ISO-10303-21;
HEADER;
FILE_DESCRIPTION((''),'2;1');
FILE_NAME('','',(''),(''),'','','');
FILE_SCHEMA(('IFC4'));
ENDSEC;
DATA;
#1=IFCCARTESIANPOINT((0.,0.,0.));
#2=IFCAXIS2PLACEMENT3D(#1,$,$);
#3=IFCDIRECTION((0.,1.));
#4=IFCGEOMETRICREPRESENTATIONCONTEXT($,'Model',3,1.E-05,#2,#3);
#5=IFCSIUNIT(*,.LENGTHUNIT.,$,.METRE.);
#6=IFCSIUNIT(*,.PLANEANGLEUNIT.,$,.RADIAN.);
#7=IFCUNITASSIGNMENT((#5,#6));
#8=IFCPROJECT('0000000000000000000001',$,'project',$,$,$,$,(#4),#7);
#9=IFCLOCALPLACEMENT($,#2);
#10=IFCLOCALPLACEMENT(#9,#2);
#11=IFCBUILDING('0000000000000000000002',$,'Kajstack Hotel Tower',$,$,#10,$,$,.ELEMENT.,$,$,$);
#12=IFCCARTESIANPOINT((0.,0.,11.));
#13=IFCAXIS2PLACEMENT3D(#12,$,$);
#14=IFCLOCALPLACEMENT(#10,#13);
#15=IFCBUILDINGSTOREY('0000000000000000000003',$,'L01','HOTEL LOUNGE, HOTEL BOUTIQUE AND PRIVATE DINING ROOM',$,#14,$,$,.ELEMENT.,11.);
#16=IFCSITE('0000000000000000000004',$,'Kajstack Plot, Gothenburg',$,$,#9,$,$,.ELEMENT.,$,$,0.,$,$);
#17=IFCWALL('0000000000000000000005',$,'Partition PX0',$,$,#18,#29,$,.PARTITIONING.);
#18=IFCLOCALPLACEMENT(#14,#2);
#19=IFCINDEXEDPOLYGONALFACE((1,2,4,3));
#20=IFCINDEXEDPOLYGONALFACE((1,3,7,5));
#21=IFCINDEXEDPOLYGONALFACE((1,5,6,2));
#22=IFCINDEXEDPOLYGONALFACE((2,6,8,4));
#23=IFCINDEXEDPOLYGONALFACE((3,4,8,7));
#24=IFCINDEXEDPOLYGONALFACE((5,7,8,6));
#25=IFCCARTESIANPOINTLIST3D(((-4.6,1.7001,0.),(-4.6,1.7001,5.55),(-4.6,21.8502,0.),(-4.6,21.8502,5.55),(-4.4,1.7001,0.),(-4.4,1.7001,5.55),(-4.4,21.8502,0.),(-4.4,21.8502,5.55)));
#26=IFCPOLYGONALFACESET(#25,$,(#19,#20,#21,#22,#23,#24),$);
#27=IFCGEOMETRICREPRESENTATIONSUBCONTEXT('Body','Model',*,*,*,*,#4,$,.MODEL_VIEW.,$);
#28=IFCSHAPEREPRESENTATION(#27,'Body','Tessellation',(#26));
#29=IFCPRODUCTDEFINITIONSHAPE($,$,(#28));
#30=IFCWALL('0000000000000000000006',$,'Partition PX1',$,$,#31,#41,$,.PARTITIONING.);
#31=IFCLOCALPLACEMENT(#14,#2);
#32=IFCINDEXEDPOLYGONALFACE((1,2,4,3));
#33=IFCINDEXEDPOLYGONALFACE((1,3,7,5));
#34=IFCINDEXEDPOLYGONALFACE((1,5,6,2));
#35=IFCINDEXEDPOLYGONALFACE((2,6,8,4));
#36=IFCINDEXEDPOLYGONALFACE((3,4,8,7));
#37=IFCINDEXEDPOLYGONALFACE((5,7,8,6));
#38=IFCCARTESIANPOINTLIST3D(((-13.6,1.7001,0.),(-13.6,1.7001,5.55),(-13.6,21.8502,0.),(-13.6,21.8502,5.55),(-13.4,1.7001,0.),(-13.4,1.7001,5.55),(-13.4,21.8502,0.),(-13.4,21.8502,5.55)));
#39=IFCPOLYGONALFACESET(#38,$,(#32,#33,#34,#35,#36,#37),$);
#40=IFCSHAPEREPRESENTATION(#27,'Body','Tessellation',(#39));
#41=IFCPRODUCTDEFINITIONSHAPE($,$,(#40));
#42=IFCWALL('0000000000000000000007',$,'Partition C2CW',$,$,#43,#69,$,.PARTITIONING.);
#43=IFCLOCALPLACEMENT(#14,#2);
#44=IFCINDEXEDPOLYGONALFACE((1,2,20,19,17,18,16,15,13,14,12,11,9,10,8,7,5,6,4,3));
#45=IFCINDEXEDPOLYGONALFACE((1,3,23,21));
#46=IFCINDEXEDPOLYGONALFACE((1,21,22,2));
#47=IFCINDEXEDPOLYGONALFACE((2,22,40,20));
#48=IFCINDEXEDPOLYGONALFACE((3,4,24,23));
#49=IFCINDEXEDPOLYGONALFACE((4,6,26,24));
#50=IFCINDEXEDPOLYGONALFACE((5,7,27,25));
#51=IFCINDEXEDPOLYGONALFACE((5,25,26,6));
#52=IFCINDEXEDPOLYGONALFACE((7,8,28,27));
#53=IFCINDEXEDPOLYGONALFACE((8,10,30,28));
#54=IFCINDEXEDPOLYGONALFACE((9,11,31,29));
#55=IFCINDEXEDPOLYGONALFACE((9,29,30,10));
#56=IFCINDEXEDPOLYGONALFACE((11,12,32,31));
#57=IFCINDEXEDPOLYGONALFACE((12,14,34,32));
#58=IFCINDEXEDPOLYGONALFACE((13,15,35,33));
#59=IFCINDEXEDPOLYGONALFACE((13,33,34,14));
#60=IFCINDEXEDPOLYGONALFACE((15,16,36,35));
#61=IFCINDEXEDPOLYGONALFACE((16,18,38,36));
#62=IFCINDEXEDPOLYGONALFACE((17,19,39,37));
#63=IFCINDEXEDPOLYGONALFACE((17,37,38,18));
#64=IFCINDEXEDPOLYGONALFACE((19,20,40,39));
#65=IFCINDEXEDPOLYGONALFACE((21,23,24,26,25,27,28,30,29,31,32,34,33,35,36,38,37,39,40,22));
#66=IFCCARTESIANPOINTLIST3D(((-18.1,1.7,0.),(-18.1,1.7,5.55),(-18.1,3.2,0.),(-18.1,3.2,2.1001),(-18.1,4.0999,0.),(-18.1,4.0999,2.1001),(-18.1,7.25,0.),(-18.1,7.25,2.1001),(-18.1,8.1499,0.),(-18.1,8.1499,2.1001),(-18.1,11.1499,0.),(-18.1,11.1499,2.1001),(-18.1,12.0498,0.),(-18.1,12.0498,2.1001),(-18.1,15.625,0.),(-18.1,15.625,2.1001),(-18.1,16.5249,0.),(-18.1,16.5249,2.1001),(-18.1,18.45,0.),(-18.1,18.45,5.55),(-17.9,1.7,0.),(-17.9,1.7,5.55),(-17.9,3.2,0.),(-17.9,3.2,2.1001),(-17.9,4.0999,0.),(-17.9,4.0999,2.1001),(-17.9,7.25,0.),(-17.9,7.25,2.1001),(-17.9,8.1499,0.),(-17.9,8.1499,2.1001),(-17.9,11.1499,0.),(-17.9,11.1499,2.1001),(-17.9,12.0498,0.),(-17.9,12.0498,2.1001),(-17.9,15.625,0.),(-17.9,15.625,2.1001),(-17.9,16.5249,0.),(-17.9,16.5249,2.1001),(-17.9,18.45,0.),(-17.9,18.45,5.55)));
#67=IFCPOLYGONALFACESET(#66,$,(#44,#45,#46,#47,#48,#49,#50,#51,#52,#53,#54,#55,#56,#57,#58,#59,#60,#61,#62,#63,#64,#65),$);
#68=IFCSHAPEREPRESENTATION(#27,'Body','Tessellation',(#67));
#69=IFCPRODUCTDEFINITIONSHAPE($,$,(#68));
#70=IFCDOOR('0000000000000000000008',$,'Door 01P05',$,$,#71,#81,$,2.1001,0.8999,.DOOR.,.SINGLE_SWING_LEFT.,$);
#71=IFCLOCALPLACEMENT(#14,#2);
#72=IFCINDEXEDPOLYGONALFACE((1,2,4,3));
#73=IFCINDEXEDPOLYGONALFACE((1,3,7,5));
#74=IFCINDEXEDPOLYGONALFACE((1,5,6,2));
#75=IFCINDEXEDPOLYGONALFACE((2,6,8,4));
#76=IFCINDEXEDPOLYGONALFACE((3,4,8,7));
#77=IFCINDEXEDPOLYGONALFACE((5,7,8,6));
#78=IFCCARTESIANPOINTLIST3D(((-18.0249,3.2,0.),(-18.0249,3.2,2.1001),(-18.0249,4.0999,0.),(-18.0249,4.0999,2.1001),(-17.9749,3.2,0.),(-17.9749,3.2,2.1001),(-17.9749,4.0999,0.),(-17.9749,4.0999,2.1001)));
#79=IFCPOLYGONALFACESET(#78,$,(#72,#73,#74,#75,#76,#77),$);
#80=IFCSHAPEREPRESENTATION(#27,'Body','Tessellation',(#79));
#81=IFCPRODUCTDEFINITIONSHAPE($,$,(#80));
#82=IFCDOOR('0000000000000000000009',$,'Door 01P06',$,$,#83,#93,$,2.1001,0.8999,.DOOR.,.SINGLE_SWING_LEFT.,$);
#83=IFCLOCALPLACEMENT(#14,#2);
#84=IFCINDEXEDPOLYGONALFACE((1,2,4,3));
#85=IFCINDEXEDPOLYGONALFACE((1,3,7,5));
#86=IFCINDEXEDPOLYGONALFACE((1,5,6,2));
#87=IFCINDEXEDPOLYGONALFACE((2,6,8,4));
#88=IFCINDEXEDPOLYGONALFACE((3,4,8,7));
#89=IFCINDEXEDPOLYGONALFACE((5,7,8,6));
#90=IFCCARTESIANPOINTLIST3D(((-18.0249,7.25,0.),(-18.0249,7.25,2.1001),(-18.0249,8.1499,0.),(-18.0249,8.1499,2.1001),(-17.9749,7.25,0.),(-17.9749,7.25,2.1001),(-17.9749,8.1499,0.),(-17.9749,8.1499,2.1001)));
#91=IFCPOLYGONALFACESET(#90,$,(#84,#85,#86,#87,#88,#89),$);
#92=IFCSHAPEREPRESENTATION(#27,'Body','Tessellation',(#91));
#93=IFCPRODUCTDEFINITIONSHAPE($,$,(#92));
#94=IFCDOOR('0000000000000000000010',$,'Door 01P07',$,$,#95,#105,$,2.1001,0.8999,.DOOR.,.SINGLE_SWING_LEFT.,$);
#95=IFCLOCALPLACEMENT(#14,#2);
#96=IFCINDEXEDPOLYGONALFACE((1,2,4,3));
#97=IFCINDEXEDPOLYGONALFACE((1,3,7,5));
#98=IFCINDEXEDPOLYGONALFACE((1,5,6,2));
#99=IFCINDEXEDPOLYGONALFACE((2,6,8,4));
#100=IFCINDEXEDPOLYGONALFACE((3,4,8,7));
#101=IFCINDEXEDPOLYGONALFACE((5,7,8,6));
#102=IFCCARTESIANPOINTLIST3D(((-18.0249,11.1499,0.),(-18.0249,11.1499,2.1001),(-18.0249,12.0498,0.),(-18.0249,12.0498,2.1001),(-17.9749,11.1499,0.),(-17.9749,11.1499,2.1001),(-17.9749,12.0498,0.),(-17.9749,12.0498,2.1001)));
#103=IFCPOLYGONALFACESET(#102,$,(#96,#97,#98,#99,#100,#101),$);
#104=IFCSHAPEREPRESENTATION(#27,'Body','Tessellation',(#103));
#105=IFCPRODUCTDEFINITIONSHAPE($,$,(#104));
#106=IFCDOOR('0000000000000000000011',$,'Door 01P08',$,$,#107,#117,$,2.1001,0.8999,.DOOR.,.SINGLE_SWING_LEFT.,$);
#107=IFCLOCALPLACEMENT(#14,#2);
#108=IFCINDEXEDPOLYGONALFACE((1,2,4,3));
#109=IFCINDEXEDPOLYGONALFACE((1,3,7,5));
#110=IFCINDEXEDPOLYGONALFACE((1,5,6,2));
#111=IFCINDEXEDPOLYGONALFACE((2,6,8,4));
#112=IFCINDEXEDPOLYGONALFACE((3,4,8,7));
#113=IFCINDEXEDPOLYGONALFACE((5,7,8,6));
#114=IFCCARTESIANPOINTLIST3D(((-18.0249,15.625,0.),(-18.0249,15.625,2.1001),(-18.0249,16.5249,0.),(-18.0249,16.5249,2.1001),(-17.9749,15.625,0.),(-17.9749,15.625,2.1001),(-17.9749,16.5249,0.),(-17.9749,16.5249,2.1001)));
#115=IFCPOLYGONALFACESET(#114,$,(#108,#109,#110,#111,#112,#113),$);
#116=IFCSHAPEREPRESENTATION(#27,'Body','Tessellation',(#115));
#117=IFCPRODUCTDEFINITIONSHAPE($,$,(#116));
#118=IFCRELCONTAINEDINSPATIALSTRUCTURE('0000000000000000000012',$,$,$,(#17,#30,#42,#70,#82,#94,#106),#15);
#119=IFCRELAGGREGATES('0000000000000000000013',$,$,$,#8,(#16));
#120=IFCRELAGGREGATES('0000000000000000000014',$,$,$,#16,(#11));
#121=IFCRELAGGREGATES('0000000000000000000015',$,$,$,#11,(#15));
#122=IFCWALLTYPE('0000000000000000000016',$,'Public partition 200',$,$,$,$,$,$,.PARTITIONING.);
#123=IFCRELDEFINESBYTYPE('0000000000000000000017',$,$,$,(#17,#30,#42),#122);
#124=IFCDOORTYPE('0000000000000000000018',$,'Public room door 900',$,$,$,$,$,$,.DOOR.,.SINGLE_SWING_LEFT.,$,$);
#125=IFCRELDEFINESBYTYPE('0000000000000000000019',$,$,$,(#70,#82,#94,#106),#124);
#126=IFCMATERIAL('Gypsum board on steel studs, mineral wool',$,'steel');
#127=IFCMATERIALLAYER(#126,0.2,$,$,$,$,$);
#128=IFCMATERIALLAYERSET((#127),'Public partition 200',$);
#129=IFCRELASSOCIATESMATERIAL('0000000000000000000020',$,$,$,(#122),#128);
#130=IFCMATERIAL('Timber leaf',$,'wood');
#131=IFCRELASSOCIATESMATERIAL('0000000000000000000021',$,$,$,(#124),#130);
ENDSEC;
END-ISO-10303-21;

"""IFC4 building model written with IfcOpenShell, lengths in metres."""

from ifc_helpers import new_model, si_unit, direction, frame, frame_2d, origin, place, context, subcontext, project, spatial, rectangle, extrude, material, layer, layer_set, type_object, element, fill, save


model = new_model("IFC4")

# Units and contexts
model_context = context("Model", 3, precision=1e-05, world=origin(), true_north=direction((0.0, 1.0)))
body_context = subcontext(model_context, "Body", "Model", "MODEL_VIEW")
ifc_project = project(units=[si_unit("LENGTHUNIT", "METRE"), si_unit("PLANEANGLEUNIT", "RADIAN")], contexts=[model_context])

# Site, building, storey
site_placement = place(None, origin())
site = spatial("IfcSite", under=ifc_project, at=site_placement, Name="Kajstack Plot, Gothenburg", CompositionType="ELEMENT", RefElevation=0.0)
building_placement = place(site_placement, origin())
building = spatial("IfcBuilding", under=site, at=building_placement, Name="Kajstack Hotel Tower", CompositionType="ELEMENT")
storey_placement = place(building_placement, frame((0.0, 0.0, 11.0)))
storey = spatial("IfcBuildingStorey", under=building, at=storey_placement, Name="L01", Description="HOTEL LOUNGE, HOTEL BOUTIQUE AND PRIVATE DINING ROOM", CompositionType="ELEMENT", Elevation=11.0)

# Walls
ifc_material_1 = material(Name="Gypsum board on steel studs, mineral wool", Category="steel")
ifc_layer_1 = layer(ifc_material_1, 0.2)
ifc_layer_set_1 = layer_set([ifc_layer_1], Name="Public partition 200")
wall_type = type_object("IfcWallType", Name="Public partition 200", PredefinedType="PARTITIONING", material=ifc_layer_set_1)
for number, where, z_axis, x_axis, name in (
    (1, (-4.5, 1.7, 0.0), (0.0, 0.0, 1.0), (0.0, 1.0, 0.0), "Partition PX0"),
    (2, (-13.5, 1.7, 0.0), (0.0, 0.0, 1.0), (0.0, 1.0, 0.0), "Partition PX1"),
):
    element("IfcWall", number, at=place(storey_placement, frame(where, z_axis=z_axis, x_axis=x_axis)), inside=storey, type_object=wall_type, Name=name, PredefinedType="PARTITIONING", context=body_context, shape_type="SweptSolid", body=[
        extrude(rectangle(XDim=20.1501, YDim=0.2, at=frame_2d((10.0752, 0.0))), origin(), (0.0, 0.0, 1.0), 5.55),
    ])

# Wall, openings, doors
wall_placement = place(storey_placement, frame((-18.0, 1.7, 0.0), z_axis=(0.0, 0.0, 1.0), x_axis=(0.0, 1.0, 0.0)))
wall = element("IfcWall", 3, at=wall_placement, inside=storey, type_object=wall_type, Name="Partition C2CW", PredefinedType="PARTITIONING", context=body_context, shape_type="SweptSolid", body=[
    extrude(rectangle(XDim=16.75, YDim=0.2, at=frame_2d((8.375, 0.0))), origin(), (0.0, 0.0, 1.0), 5.55),
])
opening_1_placement = place(wall_placement, frame((1.5, 0.0, 0.0)))
opening_1 = element("IfcOpeningElement", 4, at=opening_1_placement, cuts=wall, PredefinedType="OPENING", context=body_context, shape_type="SweptSolid", body=[
    extrude(rectangle(XDim=0.8999, YDim=2.1001, at=frame_2d((0.45, 1.05))), frame((0.0, 0.1099, 0.0), z_axis=(0.0, -1.0, 0.0), x_axis=(1.0, 0.0, 0.0)), (0.0, 0.0, 1.0), 0.22),
])
opening_2_placement = place(wall_placement, frame((5.55, 0.0, 0.0)))
opening_2 = element("IfcOpeningElement", 5, at=opening_2_placement, cuts=wall, PredefinedType="OPENING", context=body_context, shape_type="SweptSolid", body=[
    extrude(rectangle(XDim=0.8999, YDim=2.1001, at=frame_2d((0.45, 1.05))), frame((0.0, 0.1099, 0.0), z_axis=(0.0, -1.0, 0.0), x_axis=(1.0, 0.0, 0.0)), (0.0, 0.0, 1.0), 0.22),
])
opening_3_placement = place(wall_placement, frame((9.45, 0.0, 0.0)))
opening_3 = element("IfcOpeningElement", 6, at=opening_3_placement, cuts=wall, PredefinedType="OPENING", context=body_context, shape_type="SweptSolid", body=[
    extrude(rectangle(XDim=0.8999, YDim=2.1001, at=frame_2d((0.45, 1.05))), frame((0.0, 0.1099, 0.0), z_axis=(0.0, -1.0, 0.0), x_axis=(1.0, 0.0, 0.0)), (0.0, 0.0, 1.0), 0.22),
])
opening_4_placement = place(wall_placement, frame((13.925, 0.0, 0.0)))
opening_4 = element("IfcOpeningElement", 7, at=opening_4_placement, cuts=wall, PredefinedType="OPENING", context=body_context, shape_type="SweptSolid", body=[
    extrude(rectangle(XDim=0.8999, YDim=2.1001, at=frame_2d((0.45, 1.05))), frame((0.0, 0.1099, 0.0), z_axis=(0.0, -1.0, 0.0), x_axis=(1.0, 0.0, 0.0)), (0.0, 0.0, 1.0), 0.22),
])
ifc_material_2 = material(Name="Timber leaf", Category="wood")
door_type = type_object("IfcDoorType", Name="Public room door 900", OperationType="SINGLE_SWING_LEFT", PredefinedType="DOOR", material=ifc_material_2)
door_1_placement = place(opening_1_placement, origin())
door_1 = element("IfcDoor", 8, at=door_1_placement, inside=storey, type_object=door_type, Name="Door 01P05", OperationType="SINGLE_SWING_LEFT", OverallHeight=2.1001, OverallWidth=0.8999, PredefinedType="DOOR", context=body_context, shape_type="SweptSolid", body=[
    extrude(rectangle(XDim=0.8999, YDim=2.1001, at=frame_2d((0.45, 1.05))), frame((0.0, 0.0249, 0.0), z_axis=(0.0, -1.0, 0.0), x_axis=(1.0, 0.0, 0.0)), (0.0, 0.0, 1.0), 0.05),
])
fill(opening_1, door_1)
door_2_placement = place(opening_2_placement, origin())
door_2 = element("IfcDoor", 9, at=door_2_placement, inside=storey, type_object=door_type, Name="Door 01P06", OperationType="SINGLE_SWING_LEFT", OverallHeight=2.1001, OverallWidth=0.8999, PredefinedType="DOOR", context=body_context, shape_type="SweptSolid", body=[
    extrude(rectangle(XDim=0.8999, YDim=2.1001, at=frame_2d((0.45, 1.05))), frame((0.0, 0.0249, 0.0), z_axis=(0.0, -1.0, 0.0), x_axis=(1.0, 0.0, 0.0)), (0.0, 0.0, 1.0), 0.05),
])
fill(opening_2, door_2)
door_3_placement = place(opening_3_placement, origin())
door_3 = element("IfcDoor", 10, at=door_3_placement, inside=storey, type_object=door_type, Name="Door 01P07", OperationType="SINGLE_SWING_LEFT", OverallHeight=2.1001, OverallWidth=0.8999, PredefinedType="DOOR", context=body_context, shape_type="SweptSolid", body=[
    extrude(rectangle(XDim=0.8999, YDim=2.1001, at=frame_2d((0.45, 1.05))), frame((0.0, 0.0249, 0.0), z_axis=(0.0, -1.0, 0.0), x_axis=(1.0, 0.0, 0.0)), (0.0, 0.0, 1.0), 0.05),
])
fill(opening_3, door_3)
door_4_placement = place(opening_4_placement, origin())
door_4 = element("IfcDoor", 11, at=door_4_placement, inside=storey, type_object=door_type, Name="Door 01P08", OperationType="SINGLE_SWING_LEFT", OverallHeight=2.1001, OverallWidth=0.8999, PredefinedType="DOOR", context=body_context, shape_type="SweptSolid", body=[
    extrude(rectangle(XDim=0.8999, YDim=2.1001, at=frame_2d((0.45, 1.05))), frame((0.0, 0.0249, 0.0), z_axis=(0.0, -1.0, 0.0), x_axis=(1.0, 0.0, 0.0)), (0.0, 0.0, 1.0), 0.05),
])
fill(opening_4, door_4)

save(model, "model.ifc")
